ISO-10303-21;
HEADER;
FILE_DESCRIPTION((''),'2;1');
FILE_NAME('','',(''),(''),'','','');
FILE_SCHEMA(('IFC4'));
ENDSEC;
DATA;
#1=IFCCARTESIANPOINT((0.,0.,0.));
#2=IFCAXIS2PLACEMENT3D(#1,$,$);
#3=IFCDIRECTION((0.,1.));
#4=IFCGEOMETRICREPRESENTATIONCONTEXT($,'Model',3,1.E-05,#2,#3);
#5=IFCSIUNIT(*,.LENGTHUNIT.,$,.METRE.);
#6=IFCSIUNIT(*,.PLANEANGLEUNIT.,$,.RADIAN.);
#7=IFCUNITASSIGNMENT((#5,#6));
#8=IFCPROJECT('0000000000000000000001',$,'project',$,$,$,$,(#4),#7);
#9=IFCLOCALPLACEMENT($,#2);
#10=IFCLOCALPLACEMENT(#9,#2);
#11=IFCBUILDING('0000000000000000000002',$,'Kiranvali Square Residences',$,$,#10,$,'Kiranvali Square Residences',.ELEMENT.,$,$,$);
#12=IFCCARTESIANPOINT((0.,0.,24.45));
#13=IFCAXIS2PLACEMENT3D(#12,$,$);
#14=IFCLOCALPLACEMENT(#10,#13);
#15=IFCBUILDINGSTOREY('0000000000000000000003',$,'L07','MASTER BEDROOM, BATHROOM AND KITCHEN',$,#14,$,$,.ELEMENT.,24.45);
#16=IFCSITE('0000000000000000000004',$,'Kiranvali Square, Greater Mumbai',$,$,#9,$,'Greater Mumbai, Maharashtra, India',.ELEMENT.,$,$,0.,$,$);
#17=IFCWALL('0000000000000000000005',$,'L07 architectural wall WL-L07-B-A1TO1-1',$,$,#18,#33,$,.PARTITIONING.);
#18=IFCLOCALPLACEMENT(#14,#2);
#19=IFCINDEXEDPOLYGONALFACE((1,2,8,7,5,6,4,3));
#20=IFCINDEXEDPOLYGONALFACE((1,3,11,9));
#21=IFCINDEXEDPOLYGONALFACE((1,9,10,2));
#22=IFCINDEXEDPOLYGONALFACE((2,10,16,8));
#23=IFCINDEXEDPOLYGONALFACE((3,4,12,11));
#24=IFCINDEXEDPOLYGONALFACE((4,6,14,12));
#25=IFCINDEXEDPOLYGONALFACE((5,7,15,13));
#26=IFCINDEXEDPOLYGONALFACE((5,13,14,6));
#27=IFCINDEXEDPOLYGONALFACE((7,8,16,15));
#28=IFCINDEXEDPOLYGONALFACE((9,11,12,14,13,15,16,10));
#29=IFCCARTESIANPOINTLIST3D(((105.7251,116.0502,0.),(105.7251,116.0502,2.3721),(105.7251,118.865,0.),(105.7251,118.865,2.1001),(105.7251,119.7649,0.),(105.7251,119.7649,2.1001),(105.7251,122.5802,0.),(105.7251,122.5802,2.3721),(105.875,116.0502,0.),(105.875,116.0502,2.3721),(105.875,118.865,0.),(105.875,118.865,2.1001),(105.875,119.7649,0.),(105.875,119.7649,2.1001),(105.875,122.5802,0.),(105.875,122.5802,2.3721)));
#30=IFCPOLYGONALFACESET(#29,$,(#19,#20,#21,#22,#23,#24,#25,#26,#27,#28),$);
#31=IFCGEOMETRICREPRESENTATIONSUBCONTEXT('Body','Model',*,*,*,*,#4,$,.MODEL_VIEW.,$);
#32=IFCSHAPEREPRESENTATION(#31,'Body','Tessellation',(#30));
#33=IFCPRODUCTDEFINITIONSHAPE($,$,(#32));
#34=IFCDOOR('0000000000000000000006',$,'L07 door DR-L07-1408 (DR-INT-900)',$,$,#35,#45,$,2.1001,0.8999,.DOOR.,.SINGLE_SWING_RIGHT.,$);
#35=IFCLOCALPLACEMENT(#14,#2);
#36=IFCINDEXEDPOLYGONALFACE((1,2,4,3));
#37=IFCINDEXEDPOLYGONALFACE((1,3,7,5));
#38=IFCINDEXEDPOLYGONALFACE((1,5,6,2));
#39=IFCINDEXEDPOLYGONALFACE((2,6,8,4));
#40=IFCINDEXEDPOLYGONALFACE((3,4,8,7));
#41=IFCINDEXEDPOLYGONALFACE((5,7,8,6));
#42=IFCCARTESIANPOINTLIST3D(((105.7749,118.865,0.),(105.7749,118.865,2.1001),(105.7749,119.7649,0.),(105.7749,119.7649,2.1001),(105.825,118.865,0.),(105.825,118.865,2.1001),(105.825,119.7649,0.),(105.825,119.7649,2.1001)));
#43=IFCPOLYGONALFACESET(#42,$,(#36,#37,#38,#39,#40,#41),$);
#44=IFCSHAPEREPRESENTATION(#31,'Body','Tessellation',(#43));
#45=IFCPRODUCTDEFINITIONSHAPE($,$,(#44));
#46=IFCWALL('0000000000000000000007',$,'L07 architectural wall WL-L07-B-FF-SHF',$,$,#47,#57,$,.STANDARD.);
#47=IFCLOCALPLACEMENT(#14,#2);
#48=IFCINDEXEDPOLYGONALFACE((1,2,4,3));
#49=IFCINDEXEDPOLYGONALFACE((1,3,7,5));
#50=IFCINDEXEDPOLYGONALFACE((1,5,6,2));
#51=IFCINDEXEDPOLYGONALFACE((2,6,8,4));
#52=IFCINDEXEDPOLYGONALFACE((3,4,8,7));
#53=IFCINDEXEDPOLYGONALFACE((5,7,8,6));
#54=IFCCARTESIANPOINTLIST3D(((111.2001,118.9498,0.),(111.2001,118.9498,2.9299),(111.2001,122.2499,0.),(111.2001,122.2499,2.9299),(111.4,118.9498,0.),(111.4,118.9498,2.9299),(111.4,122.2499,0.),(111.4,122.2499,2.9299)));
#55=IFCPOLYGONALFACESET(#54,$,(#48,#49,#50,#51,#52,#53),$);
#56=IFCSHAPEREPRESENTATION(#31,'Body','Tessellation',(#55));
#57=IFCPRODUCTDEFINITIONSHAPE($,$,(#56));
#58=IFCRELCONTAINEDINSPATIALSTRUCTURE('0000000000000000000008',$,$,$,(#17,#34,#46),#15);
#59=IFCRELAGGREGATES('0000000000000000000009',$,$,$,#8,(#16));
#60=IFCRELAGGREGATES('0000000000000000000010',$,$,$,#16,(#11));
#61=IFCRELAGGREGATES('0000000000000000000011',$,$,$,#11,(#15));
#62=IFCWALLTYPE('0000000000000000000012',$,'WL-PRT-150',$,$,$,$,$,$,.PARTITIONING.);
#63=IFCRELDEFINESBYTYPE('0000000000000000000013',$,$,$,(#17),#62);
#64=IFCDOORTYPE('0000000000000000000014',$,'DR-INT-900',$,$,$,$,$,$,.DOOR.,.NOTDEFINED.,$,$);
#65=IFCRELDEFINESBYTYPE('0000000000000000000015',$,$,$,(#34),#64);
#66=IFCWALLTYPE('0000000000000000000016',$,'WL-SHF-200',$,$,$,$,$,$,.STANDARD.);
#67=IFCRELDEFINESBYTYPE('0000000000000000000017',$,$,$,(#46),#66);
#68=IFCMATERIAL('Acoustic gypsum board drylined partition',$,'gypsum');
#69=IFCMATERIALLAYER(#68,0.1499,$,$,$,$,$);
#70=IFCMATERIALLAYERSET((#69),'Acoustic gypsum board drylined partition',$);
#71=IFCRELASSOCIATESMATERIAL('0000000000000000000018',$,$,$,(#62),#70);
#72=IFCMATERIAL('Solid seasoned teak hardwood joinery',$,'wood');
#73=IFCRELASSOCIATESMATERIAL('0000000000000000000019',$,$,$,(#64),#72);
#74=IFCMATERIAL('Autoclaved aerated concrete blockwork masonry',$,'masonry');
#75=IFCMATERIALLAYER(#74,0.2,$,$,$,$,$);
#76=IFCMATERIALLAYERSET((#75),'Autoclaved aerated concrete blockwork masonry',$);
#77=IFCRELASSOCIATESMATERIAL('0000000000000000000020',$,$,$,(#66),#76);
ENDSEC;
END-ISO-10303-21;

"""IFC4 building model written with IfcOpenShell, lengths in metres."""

from ifc_helpers import new_model, si_unit, direction, frame, frame_2d, origin, place, context, subcontext, project, spatial, rectangle, extrude, material, layer, layer_set, type_object, element, fill, save


model = new_model("IFC4")

# Units and contexts
model_context = context("Model", 3, precision=1e-05, world=origin(), true_north=direction((0.0, 1.0)))
body_context = subcontext(model_context, "Body", "Model", "MODEL_VIEW")
ifc_project = project(units=[si_unit("LENGTHUNIT", "METRE"), si_unit("PLANEANGLEUNIT", "RADIAN")], contexts=[model_context])

# Site, building, storey
site_placement = place(None, origin())
site = spatial("IfcSite", under=ifc_project, at=site_placement, Name="Kiranvali Square, Greater Mumbai", LongName="Greater Mumbai, Maharashtra, India", CompositionType="ELEMENT", RefElevation=0.0)
building_placement = place(site_placement, origin())
building = spatial("IfcBuilding", under=site, at=building_placement, Name="Kiranvali Square Residences", LongName="Kiranvali Square Residences", CompositionType="ELEMENT")
storey_placement = place(building_placement, frame((0.0, 0.0, 24.45)))
storey = spatial("IfcBuildingStorey", under=building, at=storey_placement, Name="L07", Description="MASTER BEDROOM, BATHROOM AND KITCHEN", CompositionType="ELEMENT", Elevation=24.45)

# Shared definitions
ifc_material_1 = material(Name="Autoclaved aerated concrete blockwork masonry", Category="masonry")

# Wall, opening, door
ifc_material_2 = material(Name="Acoustic gypsum board drylined partition", Category="gypsum")
ifc_layer_1 = layer(ifc_material_2, 0.1499)
ifc_layer_set_1 = layer_set([ifc_layer_1], Name="Acoustic gypsum board drylined partition")
wall_type_1 = type_object("IfcWallType", Name="WL-PRT-150", PredefinedType="PARTITIONING", material=ifc_layer_set_1)
wall_1_placement = place(storey_placement, frame((105.8, 116.05, 0.0), z_axis=(0.0, 0.0, 1.0), x_axis=(0.0, 1.0, 0.0)))
wall_1 = element("IfcWall", 1, at=wall_1_placement, inside=storey, type_object=wall_type_1, Name="L07 architectural wall WL-L07-B-A1TO1-1", PredefinedType="PARTITIONING", context=body_context, shape_type="SweptSolid", body=[
    extrude(rectangle(XDim=6.53, YDim=0.1499, at=frame_2d((3.2651, 0.0))), origin(), (0.0, 0.0, 1.0), 2.3721),
])
opening_1_placement = place(wall_1_placement, frame((2.8149, 0.0, 0.0)))
opening_1 = element("IfcOpeningElement", 2, at=opening_1_placement, cuts=wall_1, PredefinedType="OPENING", context=body_context, shape_type="SweptSolid", body=[
    extrude(rectangle(XDim=0.8999, YDim=2.1001, at=frame_2d((0.45, 1.05))), frame((0.0, 0.085, 0.0), z_axis=(0.0, -1.0, 0.0), x_axis=(1.0, 0.0, 0.0)), (0.0, 0.0, 1.0), 0.1699),
])
ifc_material_3 = material(Name="Solid seasoned teak hardwood joinery", Category="wood")
door_type_1 = type_object("IfcDoorType", Name="DR-INT-900", OperationType="NOTDEFINED", PredefinedType="DOOR", material=ifc_material_3)
door_1_placement = place(opening_1_placement, frame((0.8999, 0.0, 0.0), z_axis=(0.0, 0.0, 1.0), x_axis=(-1.0, 0.0, 0.0)))
door_1 = element("IfcDoor", 3, at=door_1_placement, inside=storey, type_object=door_type_1, Name="L07 door DR-L07-1408 (DR-INT-900)", OperationType="SINGLE_SWING_RIGHT", OverallHeight=2.1001, OverallWidth=0.8999, PredefinedType="DOOR", context=body_context, shape_type="SweptSolid", body=[
    extrude(rectangle(XDim=0.8999, YDim=2.1001, at=frame_2d((0.45, 1.05))), frame((0.0, 0.0249, 0.0), z_axis=(0.0, -1.0, 0.0), x_axis=(1.0, 0.0, 0.0)), (0.0, 0.0, 1.0), 0.05),
])
fill(opening_1, door_1)

# Wall
ifc_layer_2 = layer(ifc_material_1, 0.2)
ifc_layer_set_2 = layer_set([ifc_layer_2], Name="Autoclaved aerated concrete blockwork masonry")
wall_type_2 = type_object("IfcWallType", Name="WL-SHF-200", PredefinedType="STANDARD", material=ifc_layer_set_2)
wall_2_placement = place(storey_placement, frame((111.3, 118.95, 0.0), z_axis=(0.0, 0.0, 1.0), x_axis=(0.0, 1.0, 0.0)))
element("IfcWall", 4, at=wall_2_placement, inside=storey, type_object=wall_type_2, Name="L07 architectural wall WL-L07-B-FF-SHF", PredefinedType="STANDARD", context=body_context, shape_type="SweptSolid", body=[
    extrude(rectangle(XDim=3.3, YDim=0.2, at=frame_2d((1.6499, 0.0))), origin(), (0.0, 0.0, 1.0), 2.9299),
])

save(model, "model.ifc")
